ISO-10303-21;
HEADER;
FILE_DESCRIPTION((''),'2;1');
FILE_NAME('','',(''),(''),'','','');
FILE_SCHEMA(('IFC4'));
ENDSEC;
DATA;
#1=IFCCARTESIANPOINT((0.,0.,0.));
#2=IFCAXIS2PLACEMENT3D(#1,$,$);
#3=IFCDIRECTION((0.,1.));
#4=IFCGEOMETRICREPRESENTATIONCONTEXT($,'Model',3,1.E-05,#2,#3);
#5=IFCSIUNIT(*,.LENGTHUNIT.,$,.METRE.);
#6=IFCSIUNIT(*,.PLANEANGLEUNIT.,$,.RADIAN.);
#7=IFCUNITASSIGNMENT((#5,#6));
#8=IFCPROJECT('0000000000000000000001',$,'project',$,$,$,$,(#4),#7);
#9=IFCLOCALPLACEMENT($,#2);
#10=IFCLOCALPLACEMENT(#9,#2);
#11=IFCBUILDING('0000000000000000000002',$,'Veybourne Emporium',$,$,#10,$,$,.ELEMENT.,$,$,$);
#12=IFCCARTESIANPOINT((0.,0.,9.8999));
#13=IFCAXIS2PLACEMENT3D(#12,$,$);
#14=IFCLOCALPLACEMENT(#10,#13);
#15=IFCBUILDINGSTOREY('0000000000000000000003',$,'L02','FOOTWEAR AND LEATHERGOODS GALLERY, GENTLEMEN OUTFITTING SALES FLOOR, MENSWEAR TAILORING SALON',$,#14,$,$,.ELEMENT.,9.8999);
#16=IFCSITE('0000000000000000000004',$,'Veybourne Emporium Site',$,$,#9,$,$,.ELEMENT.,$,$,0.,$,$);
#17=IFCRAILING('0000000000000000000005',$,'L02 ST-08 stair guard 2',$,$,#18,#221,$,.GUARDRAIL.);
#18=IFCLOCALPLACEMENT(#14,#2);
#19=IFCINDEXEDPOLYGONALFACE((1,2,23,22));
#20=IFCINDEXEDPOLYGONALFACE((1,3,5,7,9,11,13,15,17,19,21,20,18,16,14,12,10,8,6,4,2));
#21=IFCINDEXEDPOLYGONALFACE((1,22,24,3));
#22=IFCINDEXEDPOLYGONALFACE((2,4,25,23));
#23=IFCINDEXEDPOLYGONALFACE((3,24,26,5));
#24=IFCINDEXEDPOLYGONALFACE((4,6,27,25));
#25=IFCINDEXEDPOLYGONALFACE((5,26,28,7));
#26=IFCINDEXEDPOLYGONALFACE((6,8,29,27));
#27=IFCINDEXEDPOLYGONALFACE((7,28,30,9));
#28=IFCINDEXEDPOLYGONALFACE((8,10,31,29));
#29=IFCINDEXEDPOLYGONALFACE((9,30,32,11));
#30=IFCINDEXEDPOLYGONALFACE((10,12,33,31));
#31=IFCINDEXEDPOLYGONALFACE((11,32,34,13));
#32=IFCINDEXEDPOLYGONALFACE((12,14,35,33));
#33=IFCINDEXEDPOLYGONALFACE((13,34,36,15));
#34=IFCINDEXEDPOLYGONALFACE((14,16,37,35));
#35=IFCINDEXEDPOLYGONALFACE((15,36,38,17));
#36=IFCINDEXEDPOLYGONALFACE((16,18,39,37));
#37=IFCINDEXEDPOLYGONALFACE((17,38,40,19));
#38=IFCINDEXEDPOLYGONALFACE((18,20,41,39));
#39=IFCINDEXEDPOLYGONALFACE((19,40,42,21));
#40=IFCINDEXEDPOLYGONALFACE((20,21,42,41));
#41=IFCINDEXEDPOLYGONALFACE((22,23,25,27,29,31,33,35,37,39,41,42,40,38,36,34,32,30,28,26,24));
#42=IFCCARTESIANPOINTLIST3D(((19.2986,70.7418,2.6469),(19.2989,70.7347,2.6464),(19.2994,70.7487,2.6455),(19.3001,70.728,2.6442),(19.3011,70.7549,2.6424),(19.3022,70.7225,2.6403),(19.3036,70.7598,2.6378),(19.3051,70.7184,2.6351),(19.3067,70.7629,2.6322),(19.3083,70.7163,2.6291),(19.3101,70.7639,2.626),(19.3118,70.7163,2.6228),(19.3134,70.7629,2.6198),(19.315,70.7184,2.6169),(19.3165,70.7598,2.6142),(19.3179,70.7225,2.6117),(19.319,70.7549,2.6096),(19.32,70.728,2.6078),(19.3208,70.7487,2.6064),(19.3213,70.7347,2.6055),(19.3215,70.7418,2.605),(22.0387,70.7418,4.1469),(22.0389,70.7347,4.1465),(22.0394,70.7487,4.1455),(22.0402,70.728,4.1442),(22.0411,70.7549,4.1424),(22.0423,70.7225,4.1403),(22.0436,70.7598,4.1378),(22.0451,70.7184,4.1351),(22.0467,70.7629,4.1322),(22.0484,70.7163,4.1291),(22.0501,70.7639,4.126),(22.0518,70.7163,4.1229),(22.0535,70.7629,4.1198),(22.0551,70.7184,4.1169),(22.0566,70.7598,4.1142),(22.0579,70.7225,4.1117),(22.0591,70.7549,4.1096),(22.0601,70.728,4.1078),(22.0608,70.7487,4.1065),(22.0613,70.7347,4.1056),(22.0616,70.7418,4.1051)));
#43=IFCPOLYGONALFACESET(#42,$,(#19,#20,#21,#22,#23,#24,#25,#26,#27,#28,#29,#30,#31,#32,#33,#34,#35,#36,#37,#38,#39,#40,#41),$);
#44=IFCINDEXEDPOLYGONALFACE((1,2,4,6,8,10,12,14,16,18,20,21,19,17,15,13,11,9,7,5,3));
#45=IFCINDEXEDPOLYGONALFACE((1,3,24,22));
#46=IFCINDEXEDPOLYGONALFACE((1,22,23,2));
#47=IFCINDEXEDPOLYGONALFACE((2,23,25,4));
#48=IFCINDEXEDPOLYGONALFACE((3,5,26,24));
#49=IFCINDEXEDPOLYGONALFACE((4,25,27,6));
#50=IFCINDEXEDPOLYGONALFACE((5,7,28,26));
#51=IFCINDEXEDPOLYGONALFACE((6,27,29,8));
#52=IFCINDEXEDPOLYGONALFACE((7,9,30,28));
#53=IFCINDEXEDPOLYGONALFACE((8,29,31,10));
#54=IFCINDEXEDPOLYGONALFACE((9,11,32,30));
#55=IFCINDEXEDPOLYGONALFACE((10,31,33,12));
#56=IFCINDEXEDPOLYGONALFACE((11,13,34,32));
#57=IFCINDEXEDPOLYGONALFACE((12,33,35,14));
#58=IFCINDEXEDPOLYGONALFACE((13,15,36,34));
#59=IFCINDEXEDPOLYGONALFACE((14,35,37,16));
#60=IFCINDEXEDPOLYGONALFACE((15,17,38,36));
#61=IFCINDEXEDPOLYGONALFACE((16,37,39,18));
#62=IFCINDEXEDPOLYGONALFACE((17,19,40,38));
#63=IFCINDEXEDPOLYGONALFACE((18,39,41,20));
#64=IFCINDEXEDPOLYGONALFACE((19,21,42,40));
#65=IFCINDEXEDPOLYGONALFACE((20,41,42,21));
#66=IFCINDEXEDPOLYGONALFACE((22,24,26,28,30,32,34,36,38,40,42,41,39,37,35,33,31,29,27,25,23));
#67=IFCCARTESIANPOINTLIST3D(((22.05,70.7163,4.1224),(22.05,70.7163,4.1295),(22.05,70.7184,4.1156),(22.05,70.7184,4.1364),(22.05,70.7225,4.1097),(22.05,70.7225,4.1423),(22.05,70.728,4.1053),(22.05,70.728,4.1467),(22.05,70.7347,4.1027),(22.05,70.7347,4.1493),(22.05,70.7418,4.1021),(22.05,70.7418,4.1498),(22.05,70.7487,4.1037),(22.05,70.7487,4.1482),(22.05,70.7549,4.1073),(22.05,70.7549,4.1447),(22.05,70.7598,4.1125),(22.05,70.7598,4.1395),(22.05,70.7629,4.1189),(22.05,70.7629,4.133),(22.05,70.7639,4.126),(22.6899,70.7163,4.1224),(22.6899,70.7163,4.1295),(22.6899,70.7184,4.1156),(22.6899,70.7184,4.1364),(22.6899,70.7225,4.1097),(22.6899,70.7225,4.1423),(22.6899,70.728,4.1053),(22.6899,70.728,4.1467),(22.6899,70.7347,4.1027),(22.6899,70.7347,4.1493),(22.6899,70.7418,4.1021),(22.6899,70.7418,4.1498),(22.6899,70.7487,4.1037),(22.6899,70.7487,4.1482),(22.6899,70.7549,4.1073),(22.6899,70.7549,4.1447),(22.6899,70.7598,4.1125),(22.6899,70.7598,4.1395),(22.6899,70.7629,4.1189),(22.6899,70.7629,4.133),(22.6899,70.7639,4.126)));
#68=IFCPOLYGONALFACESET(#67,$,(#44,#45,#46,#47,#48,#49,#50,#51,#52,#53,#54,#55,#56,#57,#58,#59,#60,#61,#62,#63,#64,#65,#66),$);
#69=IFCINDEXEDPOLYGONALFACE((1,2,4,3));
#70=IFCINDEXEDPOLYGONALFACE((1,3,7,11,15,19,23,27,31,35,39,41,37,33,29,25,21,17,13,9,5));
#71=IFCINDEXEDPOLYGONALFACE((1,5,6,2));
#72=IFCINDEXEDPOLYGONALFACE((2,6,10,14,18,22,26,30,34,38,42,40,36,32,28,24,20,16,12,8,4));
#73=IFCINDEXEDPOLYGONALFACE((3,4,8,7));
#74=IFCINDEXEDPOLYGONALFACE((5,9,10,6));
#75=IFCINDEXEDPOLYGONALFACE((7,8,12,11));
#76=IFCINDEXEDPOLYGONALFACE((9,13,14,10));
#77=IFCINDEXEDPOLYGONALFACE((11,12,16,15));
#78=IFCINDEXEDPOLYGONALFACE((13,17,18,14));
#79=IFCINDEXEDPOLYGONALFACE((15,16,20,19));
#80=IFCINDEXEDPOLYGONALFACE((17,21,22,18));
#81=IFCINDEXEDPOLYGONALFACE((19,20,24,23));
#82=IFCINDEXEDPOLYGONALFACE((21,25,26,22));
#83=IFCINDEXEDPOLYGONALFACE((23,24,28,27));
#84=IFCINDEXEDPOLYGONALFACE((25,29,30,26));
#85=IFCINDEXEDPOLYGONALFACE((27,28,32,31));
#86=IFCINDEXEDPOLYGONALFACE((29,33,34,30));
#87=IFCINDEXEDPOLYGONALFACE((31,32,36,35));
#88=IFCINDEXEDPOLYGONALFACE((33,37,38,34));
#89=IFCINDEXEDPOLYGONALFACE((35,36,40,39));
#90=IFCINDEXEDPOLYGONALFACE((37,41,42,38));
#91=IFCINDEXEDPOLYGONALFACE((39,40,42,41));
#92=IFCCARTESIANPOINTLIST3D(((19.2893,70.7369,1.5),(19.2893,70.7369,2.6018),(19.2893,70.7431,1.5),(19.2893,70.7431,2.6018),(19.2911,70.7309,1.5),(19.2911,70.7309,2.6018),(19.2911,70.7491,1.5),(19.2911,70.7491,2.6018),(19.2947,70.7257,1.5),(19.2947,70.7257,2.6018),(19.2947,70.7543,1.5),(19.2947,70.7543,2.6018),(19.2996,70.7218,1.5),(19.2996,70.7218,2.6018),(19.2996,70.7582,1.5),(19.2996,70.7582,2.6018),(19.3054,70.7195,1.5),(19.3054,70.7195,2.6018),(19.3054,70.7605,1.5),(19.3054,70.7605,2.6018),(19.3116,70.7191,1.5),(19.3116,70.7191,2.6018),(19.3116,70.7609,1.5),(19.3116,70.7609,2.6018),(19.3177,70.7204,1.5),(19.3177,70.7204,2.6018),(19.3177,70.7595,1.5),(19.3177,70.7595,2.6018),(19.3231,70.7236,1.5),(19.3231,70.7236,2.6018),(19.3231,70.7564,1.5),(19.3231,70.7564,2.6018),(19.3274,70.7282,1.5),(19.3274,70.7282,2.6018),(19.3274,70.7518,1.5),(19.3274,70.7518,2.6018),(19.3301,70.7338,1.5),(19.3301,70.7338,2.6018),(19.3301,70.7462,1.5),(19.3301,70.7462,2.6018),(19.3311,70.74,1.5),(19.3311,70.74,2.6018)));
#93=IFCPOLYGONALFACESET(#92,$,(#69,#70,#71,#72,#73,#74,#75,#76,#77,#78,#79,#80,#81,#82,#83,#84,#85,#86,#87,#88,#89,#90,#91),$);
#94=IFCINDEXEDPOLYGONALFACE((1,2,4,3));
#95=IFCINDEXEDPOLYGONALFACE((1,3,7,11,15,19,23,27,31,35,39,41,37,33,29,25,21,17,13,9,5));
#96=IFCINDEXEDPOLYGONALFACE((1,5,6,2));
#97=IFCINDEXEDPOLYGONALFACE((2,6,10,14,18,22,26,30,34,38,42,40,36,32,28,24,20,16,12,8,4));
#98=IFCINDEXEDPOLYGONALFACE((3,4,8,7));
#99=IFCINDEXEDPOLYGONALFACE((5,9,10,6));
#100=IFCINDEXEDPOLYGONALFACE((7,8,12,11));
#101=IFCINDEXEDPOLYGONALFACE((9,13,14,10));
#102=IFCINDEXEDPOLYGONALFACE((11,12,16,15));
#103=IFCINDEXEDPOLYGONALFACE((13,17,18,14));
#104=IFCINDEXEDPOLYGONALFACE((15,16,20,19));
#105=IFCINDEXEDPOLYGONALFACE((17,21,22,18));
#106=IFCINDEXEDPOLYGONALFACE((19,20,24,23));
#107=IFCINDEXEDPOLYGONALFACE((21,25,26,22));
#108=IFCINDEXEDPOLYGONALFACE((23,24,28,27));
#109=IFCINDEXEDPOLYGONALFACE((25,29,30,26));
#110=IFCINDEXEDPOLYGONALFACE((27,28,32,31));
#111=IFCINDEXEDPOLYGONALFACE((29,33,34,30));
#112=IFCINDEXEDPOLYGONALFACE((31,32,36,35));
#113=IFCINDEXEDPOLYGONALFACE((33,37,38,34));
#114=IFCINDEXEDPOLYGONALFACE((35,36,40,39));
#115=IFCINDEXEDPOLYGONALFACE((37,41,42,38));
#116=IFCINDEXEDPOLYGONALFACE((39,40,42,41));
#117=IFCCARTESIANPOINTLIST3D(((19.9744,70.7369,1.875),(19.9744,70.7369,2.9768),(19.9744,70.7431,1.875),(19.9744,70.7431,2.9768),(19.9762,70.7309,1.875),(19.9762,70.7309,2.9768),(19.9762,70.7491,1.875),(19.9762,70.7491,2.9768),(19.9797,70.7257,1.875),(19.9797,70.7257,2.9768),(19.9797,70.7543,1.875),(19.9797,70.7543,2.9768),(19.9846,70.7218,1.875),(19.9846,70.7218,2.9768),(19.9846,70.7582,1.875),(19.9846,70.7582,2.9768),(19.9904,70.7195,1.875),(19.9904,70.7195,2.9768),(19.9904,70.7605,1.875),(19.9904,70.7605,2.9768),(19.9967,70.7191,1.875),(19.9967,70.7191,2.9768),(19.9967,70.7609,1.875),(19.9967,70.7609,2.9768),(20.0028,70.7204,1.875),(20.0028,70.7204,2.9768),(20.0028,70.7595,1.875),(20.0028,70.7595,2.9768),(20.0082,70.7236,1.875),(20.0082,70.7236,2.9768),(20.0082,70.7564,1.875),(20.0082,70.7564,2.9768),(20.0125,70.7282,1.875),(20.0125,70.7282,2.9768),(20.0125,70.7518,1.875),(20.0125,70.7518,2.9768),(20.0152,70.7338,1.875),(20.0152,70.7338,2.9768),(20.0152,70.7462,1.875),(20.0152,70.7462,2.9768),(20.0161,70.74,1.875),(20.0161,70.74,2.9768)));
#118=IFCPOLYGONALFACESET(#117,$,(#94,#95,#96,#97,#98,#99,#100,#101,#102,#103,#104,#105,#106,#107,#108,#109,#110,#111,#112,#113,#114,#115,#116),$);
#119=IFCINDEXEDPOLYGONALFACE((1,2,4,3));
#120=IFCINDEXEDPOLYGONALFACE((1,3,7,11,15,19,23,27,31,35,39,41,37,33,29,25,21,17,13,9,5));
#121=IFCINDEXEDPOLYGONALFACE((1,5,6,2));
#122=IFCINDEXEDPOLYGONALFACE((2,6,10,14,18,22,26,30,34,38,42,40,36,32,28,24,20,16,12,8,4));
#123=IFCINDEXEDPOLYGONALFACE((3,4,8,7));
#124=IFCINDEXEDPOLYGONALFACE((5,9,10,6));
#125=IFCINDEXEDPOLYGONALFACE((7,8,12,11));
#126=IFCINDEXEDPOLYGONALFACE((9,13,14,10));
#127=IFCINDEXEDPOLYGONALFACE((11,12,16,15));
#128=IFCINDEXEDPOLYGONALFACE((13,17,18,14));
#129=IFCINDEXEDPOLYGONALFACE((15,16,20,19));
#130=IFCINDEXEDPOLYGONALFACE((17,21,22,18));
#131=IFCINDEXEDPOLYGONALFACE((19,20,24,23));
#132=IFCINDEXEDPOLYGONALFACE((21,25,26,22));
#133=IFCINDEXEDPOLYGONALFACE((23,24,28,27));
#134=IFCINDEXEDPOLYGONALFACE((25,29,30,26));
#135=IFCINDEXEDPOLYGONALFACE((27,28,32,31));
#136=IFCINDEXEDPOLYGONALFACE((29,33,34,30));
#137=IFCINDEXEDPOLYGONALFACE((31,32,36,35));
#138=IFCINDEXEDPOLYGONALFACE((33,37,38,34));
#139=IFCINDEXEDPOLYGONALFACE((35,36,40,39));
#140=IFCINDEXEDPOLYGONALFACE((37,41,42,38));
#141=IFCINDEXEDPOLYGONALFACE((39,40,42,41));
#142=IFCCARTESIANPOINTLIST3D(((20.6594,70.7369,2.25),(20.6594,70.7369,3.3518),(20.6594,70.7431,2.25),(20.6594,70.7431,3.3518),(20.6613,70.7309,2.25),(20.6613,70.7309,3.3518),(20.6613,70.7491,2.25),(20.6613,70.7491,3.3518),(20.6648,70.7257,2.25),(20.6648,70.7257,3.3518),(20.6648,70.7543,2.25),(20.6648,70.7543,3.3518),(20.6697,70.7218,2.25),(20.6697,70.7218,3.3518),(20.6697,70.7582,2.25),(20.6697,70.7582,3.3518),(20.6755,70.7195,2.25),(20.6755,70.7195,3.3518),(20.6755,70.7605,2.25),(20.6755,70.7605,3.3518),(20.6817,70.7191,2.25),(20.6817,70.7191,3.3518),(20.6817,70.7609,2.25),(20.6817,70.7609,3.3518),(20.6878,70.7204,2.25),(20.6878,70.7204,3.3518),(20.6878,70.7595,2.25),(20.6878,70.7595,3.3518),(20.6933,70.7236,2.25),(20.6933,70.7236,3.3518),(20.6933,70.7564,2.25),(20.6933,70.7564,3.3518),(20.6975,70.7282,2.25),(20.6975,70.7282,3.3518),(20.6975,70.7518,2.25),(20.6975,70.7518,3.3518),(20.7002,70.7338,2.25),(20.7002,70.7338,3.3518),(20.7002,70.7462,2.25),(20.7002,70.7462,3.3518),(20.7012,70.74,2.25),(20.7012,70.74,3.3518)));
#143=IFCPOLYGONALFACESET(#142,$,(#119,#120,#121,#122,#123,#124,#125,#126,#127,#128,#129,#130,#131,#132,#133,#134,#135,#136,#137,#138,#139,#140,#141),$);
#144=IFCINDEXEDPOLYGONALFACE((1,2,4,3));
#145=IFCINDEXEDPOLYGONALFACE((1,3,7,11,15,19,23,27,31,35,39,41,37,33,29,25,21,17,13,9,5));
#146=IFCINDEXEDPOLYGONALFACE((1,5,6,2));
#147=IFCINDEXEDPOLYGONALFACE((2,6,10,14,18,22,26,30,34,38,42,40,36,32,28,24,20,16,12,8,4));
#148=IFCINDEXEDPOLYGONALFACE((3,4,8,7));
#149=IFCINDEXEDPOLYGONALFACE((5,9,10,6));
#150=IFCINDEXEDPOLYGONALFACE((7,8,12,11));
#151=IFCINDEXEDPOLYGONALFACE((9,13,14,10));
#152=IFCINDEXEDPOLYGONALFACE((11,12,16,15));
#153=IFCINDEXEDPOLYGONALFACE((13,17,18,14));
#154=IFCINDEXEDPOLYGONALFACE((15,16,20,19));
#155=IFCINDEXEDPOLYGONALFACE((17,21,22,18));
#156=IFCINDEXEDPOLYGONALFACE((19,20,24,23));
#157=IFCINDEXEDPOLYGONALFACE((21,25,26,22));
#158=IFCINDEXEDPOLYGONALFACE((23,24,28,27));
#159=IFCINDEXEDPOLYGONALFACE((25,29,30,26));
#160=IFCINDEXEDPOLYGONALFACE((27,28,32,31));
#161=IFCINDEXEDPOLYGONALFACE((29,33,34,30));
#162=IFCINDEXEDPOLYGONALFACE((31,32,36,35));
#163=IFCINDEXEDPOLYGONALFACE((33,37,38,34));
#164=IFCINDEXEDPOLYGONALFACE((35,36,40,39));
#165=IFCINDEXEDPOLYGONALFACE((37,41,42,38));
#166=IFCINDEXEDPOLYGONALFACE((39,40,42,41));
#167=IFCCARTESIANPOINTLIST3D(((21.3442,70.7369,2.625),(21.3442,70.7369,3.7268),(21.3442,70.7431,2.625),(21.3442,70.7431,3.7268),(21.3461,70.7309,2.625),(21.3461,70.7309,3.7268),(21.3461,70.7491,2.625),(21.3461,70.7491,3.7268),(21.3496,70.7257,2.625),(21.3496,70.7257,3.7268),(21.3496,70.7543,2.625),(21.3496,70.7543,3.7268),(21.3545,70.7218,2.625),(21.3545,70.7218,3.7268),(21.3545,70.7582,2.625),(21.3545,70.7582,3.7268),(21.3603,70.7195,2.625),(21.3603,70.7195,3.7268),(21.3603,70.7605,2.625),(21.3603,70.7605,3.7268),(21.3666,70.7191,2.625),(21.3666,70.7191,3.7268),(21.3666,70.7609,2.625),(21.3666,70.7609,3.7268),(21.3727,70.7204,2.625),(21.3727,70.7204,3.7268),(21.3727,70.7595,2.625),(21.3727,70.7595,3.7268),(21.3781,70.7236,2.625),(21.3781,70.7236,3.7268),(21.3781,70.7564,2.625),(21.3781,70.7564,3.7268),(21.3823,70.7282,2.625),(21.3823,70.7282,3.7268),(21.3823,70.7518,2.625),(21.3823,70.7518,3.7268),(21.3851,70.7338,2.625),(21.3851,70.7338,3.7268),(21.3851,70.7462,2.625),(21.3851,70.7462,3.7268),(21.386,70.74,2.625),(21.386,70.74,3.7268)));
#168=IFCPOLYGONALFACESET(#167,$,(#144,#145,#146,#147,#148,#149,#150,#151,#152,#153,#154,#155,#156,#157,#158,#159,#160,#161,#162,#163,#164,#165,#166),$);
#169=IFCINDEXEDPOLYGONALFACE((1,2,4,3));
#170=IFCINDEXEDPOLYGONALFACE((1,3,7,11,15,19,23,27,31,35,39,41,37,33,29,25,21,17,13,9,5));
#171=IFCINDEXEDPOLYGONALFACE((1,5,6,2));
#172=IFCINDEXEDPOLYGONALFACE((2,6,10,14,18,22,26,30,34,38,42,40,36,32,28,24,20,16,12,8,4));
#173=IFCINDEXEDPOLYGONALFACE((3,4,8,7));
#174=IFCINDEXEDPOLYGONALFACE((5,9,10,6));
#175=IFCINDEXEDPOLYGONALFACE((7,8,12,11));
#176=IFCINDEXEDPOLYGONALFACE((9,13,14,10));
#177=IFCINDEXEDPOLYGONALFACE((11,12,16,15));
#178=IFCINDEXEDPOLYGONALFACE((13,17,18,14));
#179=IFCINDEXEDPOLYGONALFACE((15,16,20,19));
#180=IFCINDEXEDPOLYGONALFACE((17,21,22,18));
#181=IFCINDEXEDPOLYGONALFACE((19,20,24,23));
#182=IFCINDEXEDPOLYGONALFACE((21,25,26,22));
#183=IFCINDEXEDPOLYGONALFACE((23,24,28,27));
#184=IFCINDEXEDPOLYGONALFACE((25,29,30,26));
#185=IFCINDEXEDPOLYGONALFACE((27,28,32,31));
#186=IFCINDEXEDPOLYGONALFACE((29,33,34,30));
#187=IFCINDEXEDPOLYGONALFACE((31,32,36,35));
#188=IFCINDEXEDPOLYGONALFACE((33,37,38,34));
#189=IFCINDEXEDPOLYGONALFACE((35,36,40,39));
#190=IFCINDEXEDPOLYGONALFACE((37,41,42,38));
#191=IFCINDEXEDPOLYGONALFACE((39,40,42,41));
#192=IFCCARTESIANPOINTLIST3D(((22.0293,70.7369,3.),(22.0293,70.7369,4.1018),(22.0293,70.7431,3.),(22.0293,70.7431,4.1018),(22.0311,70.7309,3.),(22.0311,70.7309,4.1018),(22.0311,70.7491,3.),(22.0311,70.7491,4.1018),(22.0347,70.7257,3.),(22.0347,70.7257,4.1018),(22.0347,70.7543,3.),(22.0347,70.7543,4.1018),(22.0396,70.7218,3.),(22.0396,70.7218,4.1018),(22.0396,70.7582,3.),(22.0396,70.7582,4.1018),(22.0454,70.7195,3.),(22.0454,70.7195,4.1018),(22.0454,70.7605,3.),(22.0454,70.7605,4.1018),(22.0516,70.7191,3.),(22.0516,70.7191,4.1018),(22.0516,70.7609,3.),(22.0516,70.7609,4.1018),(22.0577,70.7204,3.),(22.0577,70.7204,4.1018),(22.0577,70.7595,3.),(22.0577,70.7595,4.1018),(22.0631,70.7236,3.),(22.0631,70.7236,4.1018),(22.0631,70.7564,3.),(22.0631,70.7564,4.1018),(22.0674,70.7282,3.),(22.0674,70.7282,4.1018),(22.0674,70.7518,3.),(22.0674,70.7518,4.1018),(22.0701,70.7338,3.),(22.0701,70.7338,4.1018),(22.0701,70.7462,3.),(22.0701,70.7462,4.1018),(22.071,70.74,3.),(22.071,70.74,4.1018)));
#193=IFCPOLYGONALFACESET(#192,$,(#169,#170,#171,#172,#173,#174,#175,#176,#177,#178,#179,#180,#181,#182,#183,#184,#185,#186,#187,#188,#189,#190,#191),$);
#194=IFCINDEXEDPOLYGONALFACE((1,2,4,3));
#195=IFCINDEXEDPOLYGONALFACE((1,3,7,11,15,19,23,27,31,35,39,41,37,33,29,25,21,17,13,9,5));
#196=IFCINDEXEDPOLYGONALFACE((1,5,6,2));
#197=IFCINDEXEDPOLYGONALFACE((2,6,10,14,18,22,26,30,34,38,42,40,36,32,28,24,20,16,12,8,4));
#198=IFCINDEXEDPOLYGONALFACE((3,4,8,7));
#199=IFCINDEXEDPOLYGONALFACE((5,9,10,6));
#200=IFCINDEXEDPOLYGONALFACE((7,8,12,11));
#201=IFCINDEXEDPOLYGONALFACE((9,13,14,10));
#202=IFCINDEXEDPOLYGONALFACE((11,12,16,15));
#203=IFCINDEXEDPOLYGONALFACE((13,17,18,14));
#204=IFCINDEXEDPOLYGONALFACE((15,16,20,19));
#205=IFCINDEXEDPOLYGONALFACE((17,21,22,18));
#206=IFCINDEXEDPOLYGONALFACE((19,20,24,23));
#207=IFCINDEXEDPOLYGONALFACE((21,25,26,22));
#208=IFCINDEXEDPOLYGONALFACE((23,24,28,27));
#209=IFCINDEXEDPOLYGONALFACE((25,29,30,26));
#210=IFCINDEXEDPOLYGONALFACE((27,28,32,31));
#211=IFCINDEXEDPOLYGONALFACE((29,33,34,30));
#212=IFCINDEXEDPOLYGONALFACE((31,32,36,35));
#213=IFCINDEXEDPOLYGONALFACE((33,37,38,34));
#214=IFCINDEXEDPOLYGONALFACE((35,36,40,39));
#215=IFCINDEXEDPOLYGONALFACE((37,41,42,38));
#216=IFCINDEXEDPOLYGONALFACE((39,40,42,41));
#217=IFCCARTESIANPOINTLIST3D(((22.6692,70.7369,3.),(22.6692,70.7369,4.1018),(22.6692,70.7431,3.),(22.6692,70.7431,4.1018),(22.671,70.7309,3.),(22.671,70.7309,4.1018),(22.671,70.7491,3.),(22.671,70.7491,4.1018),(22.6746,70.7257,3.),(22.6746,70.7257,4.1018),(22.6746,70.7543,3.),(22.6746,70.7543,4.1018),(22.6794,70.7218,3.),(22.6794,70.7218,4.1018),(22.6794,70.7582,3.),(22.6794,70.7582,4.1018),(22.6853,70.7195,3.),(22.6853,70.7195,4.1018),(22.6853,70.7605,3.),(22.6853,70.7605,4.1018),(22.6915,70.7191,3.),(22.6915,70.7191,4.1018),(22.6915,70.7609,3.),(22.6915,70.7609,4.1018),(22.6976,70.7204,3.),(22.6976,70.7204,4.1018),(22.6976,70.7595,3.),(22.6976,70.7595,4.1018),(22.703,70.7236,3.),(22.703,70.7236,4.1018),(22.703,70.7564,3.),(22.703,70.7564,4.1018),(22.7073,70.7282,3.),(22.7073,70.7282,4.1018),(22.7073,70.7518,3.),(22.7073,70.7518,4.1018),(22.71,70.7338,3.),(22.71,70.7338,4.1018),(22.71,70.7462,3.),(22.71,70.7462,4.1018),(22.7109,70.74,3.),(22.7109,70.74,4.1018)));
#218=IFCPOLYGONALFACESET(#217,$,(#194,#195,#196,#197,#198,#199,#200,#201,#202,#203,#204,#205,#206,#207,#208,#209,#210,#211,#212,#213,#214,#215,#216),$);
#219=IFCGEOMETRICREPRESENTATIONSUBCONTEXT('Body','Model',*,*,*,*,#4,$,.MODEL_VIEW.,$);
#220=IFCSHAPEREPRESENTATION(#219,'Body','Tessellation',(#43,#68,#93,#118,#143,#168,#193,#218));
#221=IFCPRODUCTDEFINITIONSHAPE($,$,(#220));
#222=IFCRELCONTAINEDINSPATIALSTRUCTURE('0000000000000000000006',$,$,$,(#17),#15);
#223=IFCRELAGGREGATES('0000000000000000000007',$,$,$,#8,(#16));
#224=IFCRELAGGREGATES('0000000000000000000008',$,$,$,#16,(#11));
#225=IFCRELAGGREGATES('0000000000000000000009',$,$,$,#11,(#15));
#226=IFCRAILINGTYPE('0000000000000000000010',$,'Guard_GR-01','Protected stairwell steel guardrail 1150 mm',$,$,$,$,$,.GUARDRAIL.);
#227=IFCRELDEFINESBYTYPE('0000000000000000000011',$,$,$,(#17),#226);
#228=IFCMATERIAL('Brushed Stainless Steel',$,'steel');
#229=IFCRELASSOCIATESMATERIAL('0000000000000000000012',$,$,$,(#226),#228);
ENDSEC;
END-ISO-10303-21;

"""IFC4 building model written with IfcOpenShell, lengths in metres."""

from ifc_helpers import new_model, si_unit, direction, frame, origin, origin_2d, place, context, subcontext, project, spatial, circle, extrude, material, type_object, element, save


model = new_model("IFC4")

# Units and contexts
model_context = context("Model", 3, precision=1e-05, world=origin(), true_north=direction((0.0, 1.0)))
body_context = subcontext(model_context, "Body", "Model", "MODEL_VIEW")
ifc_project = project(units=[si_unit("LENGTHUNIT", "METRE"), si_unit("PLANEANGLEUNIT", "RADIAN")], contexts=[model_context])

# Site, building, storey
site_placement = place(None, origin())
site = spatial("IfcSite", under=ifc_project, at=site_placement, Name="Veybourne Emporium Site", CompositionType="ELEMENT", RefElevation=0.0)
building_placement = place(site_placement, origin())
building = spatial("IfcBuilding", under=site, at=building_placement, Name="Veybourne Emporium", CompositionType="ELEMENT")
storey_placement = place(building_placement, frame((0.0, 0.0, 9.8999)))
storey = spatial("IfcBuildingStorey", under=building, at=storey_placement, Name="L02", Description="FOOTWEAR AND LEATHERGOODS GALLERY, GENTLEMEN OUTFITTING SALES FLOOR, MENSWEAR TAILORING SALON", CompositionType="ELEMENT", Elevation=9.8999)

# Railing
ifc_material_1 = material(Name="Brushed Stainless Steel", Category="steel")
railing_type_1 = type_object("IfcRailingType", Name="Guard_GR-01", Description="Protected stairwell steel guardrail 1150 mm", PredefinedType="GUARDRAIL", material=ifc_material_1)
railing_1_placement = place(storey_placement, frame((19.3101, 70.74, 1.5)))
element("IfcRailing", 1, at=railing_1_placement, inside=storey, type_object=railing_type_1, Name="L02 ST-08 stair guard 2", PredefinedType="GUARDRAIL", context=body_context, shape_type="SweptSolid", body=[
    extrude(circle(Radius=0.0239, at=origin_2d()), frame((0.0, 0.0, 1.126), z_axis=(0.87716, 0.0, 0.480199), x_axis=(0.0, 1.0, 0.0)), (0.0, 0.0, 1.0), 3.1238),
    extrude(circle(Radius=0.0239, at=origin_2d()), frame((2.74, 0.0, 2.626), z_axis=(1.0, 0.0, 0.0), x_axis=(0.0, 1.0, 0.0)), (0.0, 0.0, 1.0), 0.6399),
    extrude(circle(Radius=0.021, at=origin_2d()), origin(), (0.0, 0.0, 1.0), 1.1018),
    extrude(circle(Radius=0.021, at=origin_2d()), frame((0.6851, 0.0, 0.375)), (0.0, 0.0, 1.0), 1.1018),
    extrude(circle(Radius=0.021, at=origin_2d()), frame((1.3701, 0.0, 0.75)), (0.0, 0.0, 1.0), 1.1018),
    extrude(circle(Radius=0.021, at=origin_2d()), frame((2.0549, 0.0, 1.125)), (0.0, 0.0, 1.0), 1.1018),
    extrude(circle(Radius=0.021, at=origin_2d()), frame((2.74, 0.0, 1.5)), (0.0, 0.0, 1.0), 1.1018),
    extrude(circle(Radius=0.021, at=origin_2d()), frame((3.3799, 0.0, 1.5)), (0.0, 0.0, 1.0), 1.1018),
])

save(model, "model.ifc")
